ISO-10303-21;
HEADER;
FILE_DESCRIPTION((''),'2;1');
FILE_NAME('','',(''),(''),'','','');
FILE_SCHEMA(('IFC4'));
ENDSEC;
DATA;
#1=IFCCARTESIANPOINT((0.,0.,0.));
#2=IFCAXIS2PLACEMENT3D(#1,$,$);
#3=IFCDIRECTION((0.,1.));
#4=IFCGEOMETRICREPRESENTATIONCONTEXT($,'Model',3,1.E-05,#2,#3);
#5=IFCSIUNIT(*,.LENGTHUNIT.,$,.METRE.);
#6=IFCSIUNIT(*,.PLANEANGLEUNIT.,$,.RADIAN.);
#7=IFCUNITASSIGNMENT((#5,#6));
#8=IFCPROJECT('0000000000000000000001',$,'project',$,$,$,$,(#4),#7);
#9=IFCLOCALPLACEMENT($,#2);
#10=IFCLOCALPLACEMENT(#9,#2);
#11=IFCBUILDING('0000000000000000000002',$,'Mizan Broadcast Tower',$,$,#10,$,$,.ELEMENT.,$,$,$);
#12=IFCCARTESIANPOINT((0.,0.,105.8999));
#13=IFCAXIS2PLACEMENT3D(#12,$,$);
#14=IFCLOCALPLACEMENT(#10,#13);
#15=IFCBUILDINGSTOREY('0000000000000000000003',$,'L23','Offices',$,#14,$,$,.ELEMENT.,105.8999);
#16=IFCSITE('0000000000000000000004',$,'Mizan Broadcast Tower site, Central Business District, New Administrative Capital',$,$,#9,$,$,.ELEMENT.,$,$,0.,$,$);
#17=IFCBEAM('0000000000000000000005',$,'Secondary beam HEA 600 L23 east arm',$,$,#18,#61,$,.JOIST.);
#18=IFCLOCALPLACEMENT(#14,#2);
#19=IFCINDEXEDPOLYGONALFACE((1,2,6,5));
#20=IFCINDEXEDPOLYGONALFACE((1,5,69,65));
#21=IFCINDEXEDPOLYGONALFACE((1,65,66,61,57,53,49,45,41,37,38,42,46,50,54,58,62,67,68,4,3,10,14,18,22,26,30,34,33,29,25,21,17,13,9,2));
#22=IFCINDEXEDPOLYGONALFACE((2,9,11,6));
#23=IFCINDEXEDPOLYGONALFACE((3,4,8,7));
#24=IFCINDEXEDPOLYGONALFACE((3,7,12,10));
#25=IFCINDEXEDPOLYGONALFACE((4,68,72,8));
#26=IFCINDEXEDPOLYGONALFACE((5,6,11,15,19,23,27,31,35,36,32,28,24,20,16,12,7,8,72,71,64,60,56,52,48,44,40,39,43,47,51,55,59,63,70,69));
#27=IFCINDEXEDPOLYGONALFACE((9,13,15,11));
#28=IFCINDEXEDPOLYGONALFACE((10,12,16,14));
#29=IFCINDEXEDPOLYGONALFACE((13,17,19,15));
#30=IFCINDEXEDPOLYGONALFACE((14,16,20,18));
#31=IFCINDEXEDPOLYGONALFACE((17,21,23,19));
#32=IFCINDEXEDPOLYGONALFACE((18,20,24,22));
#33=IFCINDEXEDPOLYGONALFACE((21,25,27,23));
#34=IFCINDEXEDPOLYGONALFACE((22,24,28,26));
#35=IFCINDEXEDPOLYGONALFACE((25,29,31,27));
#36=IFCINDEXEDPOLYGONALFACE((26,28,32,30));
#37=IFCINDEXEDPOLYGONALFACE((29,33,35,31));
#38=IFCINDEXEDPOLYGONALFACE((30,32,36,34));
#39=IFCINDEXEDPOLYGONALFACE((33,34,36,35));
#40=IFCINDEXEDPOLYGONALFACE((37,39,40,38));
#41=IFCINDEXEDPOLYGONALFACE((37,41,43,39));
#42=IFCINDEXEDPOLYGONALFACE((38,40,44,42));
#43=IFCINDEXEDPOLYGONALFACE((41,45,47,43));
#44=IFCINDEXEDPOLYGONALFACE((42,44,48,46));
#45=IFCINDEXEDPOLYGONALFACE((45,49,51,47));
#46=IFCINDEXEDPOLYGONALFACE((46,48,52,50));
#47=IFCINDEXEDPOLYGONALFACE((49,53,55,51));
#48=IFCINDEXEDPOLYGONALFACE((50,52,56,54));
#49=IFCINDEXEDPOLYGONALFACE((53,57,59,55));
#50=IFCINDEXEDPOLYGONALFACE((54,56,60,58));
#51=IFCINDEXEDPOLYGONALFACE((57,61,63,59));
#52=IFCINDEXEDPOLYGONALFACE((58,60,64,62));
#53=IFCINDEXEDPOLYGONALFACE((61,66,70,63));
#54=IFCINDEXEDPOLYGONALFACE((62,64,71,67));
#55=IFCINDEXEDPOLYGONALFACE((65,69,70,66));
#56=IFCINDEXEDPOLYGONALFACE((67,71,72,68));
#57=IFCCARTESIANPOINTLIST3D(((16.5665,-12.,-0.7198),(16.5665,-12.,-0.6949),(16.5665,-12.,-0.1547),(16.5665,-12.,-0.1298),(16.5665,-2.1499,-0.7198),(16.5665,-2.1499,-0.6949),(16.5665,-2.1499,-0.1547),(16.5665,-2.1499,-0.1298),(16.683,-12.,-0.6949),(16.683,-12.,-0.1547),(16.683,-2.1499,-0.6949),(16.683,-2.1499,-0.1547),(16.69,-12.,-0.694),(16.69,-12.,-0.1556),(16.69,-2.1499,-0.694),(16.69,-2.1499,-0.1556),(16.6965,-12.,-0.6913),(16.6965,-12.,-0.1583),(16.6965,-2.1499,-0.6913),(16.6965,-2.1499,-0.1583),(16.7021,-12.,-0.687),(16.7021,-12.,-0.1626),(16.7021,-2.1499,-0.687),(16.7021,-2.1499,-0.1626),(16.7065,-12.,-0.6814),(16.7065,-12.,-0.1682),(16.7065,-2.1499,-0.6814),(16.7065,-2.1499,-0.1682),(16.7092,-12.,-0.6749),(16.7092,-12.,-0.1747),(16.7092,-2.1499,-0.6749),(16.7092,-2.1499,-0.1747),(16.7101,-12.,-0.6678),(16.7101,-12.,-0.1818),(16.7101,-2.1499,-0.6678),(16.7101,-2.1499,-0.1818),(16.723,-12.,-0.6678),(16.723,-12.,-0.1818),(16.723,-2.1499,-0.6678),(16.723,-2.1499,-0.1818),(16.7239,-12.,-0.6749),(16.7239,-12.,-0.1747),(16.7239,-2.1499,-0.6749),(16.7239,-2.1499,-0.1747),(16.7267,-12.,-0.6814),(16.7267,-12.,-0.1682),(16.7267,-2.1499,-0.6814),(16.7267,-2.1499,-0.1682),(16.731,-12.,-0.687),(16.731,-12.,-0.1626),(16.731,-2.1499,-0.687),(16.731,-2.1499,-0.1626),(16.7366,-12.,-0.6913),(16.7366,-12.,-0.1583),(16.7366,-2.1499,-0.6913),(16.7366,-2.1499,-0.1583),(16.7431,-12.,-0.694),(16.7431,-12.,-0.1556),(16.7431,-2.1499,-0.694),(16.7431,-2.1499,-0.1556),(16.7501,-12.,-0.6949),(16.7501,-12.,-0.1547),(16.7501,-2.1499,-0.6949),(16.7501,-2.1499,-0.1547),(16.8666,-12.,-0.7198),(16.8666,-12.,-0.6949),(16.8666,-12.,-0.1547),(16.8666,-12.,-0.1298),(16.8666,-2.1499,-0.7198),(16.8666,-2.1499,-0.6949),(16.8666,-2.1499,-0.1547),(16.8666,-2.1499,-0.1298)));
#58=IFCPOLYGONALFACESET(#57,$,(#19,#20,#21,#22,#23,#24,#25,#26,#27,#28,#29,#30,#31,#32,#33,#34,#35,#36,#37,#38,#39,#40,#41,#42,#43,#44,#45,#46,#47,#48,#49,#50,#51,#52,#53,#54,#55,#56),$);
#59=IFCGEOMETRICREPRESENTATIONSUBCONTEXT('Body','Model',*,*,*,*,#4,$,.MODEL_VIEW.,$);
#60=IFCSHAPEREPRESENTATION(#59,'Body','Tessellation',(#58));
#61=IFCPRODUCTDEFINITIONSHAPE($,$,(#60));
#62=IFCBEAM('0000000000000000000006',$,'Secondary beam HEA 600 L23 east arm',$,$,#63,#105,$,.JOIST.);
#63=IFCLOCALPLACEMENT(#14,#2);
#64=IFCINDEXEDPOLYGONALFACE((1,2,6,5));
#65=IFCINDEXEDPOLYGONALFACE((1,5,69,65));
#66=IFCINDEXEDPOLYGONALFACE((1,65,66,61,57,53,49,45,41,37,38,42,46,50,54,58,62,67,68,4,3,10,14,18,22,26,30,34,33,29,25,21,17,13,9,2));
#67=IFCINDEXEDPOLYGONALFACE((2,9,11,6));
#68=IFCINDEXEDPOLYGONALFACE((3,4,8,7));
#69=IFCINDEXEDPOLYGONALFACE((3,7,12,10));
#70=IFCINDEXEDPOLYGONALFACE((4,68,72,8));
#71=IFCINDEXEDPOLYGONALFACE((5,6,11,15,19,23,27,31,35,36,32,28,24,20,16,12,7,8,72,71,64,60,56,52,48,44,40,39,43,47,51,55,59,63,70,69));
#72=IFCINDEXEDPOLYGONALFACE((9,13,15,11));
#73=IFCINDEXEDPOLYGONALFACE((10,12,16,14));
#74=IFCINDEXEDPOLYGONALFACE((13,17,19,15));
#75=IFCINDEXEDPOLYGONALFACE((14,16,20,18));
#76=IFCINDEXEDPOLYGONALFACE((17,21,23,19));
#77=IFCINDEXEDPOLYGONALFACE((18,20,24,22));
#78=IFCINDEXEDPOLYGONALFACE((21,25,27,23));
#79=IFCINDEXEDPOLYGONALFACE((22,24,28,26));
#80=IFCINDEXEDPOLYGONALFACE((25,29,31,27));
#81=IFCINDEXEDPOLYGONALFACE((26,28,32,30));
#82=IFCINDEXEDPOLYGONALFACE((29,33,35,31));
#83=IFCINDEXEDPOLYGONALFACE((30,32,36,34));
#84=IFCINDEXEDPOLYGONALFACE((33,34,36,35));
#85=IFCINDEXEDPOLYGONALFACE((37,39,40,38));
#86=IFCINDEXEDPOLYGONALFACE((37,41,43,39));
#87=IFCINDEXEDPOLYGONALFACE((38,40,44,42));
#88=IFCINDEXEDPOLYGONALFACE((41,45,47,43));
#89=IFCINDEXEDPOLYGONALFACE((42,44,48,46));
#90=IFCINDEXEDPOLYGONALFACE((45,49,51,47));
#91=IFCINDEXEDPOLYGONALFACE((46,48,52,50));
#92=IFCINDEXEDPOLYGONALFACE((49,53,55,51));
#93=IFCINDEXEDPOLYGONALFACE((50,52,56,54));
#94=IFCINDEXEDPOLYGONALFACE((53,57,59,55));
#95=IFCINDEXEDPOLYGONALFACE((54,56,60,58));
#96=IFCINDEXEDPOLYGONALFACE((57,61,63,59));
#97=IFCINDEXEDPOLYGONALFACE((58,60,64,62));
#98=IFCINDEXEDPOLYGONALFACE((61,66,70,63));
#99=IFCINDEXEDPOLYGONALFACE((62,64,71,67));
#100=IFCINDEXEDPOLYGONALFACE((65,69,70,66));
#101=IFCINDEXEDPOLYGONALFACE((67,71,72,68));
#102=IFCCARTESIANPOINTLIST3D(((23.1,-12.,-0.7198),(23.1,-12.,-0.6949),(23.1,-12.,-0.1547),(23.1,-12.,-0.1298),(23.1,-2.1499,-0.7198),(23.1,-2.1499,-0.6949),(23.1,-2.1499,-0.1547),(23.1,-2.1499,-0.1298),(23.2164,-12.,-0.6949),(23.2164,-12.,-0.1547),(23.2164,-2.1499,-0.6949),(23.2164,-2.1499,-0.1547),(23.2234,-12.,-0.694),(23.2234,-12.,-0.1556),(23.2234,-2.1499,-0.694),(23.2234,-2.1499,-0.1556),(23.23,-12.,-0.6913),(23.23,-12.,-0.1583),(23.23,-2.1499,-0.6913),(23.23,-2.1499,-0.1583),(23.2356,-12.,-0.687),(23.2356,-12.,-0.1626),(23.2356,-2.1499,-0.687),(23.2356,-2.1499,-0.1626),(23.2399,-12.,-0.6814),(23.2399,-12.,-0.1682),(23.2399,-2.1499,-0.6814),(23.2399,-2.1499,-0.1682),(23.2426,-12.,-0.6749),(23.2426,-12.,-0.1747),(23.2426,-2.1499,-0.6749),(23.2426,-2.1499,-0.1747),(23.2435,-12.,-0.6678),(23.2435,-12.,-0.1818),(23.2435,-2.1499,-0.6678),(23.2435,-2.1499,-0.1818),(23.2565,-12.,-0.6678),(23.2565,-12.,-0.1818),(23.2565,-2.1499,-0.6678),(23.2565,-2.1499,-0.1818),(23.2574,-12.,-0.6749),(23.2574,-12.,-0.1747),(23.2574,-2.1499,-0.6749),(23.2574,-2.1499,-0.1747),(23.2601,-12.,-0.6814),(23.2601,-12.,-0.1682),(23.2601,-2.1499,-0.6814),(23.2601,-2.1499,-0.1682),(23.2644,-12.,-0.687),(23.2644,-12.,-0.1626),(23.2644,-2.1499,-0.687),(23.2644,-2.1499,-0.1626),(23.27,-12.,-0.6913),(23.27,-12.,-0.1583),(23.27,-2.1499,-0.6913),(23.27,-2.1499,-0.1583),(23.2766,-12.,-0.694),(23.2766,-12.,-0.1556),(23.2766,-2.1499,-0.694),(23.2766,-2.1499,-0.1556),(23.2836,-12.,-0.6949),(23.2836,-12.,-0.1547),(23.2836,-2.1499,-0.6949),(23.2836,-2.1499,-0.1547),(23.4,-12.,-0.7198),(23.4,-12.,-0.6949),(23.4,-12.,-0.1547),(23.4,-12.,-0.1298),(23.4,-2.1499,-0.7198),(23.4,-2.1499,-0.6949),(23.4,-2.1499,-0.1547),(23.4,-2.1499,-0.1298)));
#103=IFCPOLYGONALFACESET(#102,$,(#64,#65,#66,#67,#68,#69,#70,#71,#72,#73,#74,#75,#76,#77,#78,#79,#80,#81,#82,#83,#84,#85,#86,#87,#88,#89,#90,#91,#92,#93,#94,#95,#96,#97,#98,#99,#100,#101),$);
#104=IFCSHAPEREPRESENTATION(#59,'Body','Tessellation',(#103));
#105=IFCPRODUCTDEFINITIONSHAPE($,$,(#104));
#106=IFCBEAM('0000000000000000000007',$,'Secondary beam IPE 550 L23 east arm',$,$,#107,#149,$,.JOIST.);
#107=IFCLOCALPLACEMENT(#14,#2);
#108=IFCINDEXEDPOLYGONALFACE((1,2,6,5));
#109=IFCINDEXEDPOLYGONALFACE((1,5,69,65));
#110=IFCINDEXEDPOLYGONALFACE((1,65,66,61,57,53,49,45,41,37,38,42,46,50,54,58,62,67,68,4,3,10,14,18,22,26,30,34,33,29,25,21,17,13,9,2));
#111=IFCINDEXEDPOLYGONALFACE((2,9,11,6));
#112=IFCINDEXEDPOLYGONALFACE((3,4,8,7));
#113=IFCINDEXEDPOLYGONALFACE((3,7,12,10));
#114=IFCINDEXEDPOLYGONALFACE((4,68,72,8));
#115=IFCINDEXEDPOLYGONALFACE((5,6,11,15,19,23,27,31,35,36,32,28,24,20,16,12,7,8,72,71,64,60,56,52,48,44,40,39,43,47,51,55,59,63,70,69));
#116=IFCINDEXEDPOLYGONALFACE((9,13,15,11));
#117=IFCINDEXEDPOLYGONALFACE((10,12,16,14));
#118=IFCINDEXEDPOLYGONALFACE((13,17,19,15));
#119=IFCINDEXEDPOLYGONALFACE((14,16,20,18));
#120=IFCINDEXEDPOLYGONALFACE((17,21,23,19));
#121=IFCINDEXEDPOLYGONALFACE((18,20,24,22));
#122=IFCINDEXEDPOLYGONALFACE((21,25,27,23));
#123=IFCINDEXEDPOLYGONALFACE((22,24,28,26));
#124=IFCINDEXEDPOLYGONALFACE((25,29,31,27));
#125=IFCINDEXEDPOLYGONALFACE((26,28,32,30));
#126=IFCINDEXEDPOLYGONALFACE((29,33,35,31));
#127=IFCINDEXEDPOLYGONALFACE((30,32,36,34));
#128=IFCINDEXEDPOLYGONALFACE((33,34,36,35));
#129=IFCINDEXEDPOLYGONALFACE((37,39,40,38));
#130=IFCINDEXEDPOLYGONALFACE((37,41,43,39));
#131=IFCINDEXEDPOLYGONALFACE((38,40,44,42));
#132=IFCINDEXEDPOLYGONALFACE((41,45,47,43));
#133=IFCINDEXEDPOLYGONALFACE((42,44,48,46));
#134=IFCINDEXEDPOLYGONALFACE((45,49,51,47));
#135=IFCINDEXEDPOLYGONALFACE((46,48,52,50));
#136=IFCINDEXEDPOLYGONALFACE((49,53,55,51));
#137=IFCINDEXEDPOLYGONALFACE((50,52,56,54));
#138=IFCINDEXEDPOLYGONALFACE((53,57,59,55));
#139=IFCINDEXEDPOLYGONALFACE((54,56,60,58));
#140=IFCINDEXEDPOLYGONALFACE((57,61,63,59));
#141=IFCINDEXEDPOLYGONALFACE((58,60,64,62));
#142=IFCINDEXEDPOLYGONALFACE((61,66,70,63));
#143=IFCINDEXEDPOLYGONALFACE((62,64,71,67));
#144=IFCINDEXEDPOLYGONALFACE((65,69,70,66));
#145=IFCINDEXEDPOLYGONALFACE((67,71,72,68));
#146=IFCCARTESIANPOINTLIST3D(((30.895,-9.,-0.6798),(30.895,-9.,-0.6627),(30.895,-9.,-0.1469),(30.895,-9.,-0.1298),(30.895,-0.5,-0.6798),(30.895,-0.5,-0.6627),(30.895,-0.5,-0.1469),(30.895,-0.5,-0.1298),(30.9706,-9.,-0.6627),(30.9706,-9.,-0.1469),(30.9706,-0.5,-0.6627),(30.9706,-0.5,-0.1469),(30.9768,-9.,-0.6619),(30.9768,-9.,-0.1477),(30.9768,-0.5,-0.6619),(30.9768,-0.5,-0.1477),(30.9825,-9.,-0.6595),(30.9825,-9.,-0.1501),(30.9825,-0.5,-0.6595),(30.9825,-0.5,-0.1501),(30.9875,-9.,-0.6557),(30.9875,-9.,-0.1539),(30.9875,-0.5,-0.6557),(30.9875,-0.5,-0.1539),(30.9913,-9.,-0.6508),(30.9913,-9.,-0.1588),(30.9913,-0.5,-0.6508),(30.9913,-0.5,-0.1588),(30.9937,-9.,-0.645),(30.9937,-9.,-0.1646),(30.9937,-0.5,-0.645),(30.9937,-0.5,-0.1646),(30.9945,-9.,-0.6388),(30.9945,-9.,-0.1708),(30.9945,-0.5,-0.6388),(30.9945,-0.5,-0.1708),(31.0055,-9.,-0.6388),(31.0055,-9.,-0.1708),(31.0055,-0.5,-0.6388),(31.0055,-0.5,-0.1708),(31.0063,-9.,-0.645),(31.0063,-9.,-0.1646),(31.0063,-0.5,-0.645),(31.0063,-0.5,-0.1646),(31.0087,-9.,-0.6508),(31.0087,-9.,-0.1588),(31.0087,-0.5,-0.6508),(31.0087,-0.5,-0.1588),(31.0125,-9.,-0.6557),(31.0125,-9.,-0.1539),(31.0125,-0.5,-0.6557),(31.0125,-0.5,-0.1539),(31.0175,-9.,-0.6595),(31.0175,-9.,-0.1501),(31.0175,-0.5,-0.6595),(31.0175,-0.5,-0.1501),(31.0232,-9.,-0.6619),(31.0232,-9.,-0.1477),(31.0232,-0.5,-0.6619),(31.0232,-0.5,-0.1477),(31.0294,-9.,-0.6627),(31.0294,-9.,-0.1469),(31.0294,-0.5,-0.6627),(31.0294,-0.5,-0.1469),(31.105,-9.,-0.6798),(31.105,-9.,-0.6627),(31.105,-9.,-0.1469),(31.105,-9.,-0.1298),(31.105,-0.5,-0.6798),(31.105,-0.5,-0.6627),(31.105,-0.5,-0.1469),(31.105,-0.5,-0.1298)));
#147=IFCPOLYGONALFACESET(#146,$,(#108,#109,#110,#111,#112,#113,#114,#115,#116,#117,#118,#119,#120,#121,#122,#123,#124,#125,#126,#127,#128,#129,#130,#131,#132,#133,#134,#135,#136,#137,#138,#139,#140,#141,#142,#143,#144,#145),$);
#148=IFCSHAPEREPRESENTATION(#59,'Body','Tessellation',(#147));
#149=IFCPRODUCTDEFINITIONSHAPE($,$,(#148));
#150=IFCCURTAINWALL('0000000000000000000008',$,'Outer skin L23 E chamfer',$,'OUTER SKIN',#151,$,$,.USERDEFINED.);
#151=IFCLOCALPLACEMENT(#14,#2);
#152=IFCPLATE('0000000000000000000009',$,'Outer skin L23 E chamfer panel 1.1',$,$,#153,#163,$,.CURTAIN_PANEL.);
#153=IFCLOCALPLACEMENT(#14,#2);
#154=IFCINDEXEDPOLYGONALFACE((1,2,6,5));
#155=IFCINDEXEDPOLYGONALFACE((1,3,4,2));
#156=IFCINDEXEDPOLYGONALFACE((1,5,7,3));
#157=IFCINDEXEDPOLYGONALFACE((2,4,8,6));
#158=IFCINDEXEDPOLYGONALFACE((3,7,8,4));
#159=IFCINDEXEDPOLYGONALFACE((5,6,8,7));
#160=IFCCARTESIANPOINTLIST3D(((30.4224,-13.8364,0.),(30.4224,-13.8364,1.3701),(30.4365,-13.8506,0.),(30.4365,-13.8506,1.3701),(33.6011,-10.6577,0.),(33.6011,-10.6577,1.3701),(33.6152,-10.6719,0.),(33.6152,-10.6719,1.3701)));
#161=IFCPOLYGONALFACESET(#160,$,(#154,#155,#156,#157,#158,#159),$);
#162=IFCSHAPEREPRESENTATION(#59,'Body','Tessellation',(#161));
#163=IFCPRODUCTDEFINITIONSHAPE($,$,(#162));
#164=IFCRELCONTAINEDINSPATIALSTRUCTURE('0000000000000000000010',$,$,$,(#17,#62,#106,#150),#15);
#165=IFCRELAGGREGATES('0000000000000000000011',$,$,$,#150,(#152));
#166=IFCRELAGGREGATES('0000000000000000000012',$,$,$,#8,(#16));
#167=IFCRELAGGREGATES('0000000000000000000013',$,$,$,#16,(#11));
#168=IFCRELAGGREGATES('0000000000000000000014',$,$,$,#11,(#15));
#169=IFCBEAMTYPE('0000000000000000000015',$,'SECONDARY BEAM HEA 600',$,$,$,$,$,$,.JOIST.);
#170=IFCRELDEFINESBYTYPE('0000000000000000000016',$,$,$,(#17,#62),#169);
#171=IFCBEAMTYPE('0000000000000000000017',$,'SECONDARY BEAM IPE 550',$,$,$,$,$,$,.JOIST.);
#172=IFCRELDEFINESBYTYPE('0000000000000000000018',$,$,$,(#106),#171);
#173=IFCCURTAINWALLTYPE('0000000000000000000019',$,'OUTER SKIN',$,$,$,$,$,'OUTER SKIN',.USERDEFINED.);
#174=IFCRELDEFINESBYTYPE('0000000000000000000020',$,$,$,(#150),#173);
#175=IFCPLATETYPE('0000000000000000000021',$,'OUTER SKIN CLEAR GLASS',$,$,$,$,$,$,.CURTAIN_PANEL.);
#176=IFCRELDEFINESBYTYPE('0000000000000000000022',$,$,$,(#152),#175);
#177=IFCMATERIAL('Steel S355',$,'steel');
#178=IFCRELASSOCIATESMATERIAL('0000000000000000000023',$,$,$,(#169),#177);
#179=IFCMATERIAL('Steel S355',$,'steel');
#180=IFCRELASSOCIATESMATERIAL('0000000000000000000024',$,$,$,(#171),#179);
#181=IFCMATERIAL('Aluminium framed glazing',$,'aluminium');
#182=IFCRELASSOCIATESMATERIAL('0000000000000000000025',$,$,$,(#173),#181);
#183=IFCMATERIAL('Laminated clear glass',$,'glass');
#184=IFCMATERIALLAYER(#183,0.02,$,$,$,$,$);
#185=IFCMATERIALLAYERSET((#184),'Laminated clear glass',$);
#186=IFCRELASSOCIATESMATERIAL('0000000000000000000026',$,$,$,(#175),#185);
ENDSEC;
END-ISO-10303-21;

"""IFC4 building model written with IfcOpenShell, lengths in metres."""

from ifc_helpers import new_model, si_unit, direction, frame, origin, origin_2d, place, context, subcontext, project, spatial, rectangle, i_section, extrude, material, layer, layer_set, material_profile, profile_set, type_object, element, aggregate, save


model = new_model("IFC4")

# Units and contexts
model_context = context("Model", 3, precision=1e-05, world=origin(), true_north=direction((0.0, 1.0)))
body_context = subcontext(model_context, "Body", "Model", "MODEL_VIEW")
ifc_project = project(units=[si_unit("LENGTHUNIT", "METRE"), si_unit("PLANEANGLEUNIT", "RADIAN")], contexts=[model_context])

# Site, building, storey
site_placement = place(None, origin())
site = spatial("IfcSite", under=ifc_project, at=site_placement, Name="Mizan Broadcast Tower site, Central Business District, New Administrative Capital", CompositionType="ELEMENT", RefElevation=0.0)
building_placement = place(site_placement, origin())
building = spatial("IfcBuilding", under=site, at=building_placement, Name="Mizan Broadcast Tower", CompositionType="ELEMENT")
storey_placement = place(building_placement, frame((0.0, 0.0, 105.8999)))
storey = spatial("IfcBuildingStorey", under=building, at=storey_placement, Name="L23", Description="Offices", CompositionType="ELEMENT", Elevation=105.8999)

# Beams
ifc_material_1 = material(Name="Steel S355", Category="steel")
ifc_material_profile_1 = material_profile(ifc_material_1, i_section(OverallWidth=0.3, OverallDepth=0.5901, WebThickness=0.0129, FlangeThickness=0.0249, FilletRadius=0.0271, at=origin_2d()), Name="HEA 600")
ifc_profile_set_1 = profile_set([ifc_material_profile_1], Name="Steel S355")
beam_type_1 = type_object("IfcBeamType", Name="SECONDARY BEAM HEA 600", PredefinedType="JOIST", material=ifc_profile_set_1)
for number, where, z_axis, x_axis, name in (
    (1, (16.7166, -12.0, -0.4248), (0.0, 1.0, 0.0), (-1.0, 0.0, 0.0), "Secondary beam HEA 600 L23 east arm"),
    (2, (23.25, -12.0, -0.4248), (0.0, 1.0, 0.0), (-1.0, 0.0, 0.0), "Secondary beam HEA 600 L23 east arm"),
):
    element("IfcBeam", number, at=place(storey_placement, frame(where, z_axis=z_axis, x_axis=x_axis)), inside=storey, type_object=beam_type_1, Name=name, PredefinedType="JOIST", context=body_context, shape_type="SweptSolid", body=[
        extrude(i_section(OverallWidth=0.3, OverallDepth=0.5901, WebThickness=0.0129, FlangeThickness=0.0249, FilletRadius=0.0271, at=origin_2d()), origin(), (0.0, 0.0, 1.0), 9.8501),
    ])
ifc_material_2 = material(Name="Steel S355", Category="steel")
ifc_material_profile_2 = material_profile(ifc_material_2, i_section(OverallWidth=0.21, OverallDepth=0.55, WebThickness=0.011, FlangeThickness=0.0171, FilletRadius=0.0239, at=origin_2d()), Name="IPE 550")
ifc_profile_set_2 = profile_set([ifc_material_profile_2], Name="Steel S355")
beam_type_2 = type_object("IfcBeamType", Name="SECONDARY BEAM IPE 550", PredefinedType="JOIST", material=ifc_profile_set_2)
beam_1_placement = place(storey_placement, frame((31.0, -9.0, -0.4048), z_axis=(0.0, 1.0, 0.0), x_axis=(-1.0, 0.0, 0.0)))
element("IfcBeam", 3, at=beam_1_placement, inside=storey, type_object=beam_type_2, Name="Secondary beam IPE 550 L23 east arm", PredefinedType="JOIST", context=body_context, shape_type="SweptSolid", body=[
    extrude(i_section(OverallWidth=0.21, OverallDepth=0.55, WebThickness=0.011, FlangeThickness=0.0171, FilletRadius=0.0239, at=origin_2d()), origin(), (0.0, 0.0, 1.0), 8.5),
])

# Curtain wall, plate
ifc_material_3 = material(Name="Aluminium framed glazing", Category="aluminium")
curtain_wall_type_1 = type_object("IfcCurtainWallType", Name="OUTER SKIN", ElementType="OUTER SKIN", PredefinedType="USERDEFINED", material=ifc_material_3)
curtain_wall_1_placement = place(storey_placement, origin())
curtain_wall_1 = element("IfcCurtainWall", 4, at=curtain_wall_1_placement, inside=storey, type_object=curtain_wall_type_1, Name="Outer skin L23 E chamfer", ObjectType="OUTER SKIN", PredefinedType="USERDEFINED")
ifc_material_4 = material(Name="Laminated clear glass", Category="glass")
ifc_layer_1 = layer(ifc_material_4, 0.02)
ifc_layer_set_1 = layer_set([ifc_layer_1], Name="Laminated clear glass")
plate_type = type_object("IfcPlateType", Name="OUTER SKIN CLEAR GLASS", PredefinedType="CURTAIN_PANEL", material=ifc_layer_set_1)
plate_placement = place(storey_placement, frame((32.0188, -12.2542, 0.0), z_axis=(0.0, 0.0, 1.0), x_axis=(0.707107, 0.707107, 0.0)))
plate = element("IfcPlate", 5, at=plate_placement, type_object=plate_type, Name="Outer skin L23 E chamfer panel 1.1", PredefinedType="CURTAIN_PANEL", context=body_context, shape_type="SweptSolid", body=[
    extrude(rectangle(XDim=4.4954, YDim=0.02, at=origin_2d()), origin(), (0.0, 0.0, 1.0), 1.3701),
])
aggregate(curtain_wall_1, [plate])

save(model, "model.ifc")
